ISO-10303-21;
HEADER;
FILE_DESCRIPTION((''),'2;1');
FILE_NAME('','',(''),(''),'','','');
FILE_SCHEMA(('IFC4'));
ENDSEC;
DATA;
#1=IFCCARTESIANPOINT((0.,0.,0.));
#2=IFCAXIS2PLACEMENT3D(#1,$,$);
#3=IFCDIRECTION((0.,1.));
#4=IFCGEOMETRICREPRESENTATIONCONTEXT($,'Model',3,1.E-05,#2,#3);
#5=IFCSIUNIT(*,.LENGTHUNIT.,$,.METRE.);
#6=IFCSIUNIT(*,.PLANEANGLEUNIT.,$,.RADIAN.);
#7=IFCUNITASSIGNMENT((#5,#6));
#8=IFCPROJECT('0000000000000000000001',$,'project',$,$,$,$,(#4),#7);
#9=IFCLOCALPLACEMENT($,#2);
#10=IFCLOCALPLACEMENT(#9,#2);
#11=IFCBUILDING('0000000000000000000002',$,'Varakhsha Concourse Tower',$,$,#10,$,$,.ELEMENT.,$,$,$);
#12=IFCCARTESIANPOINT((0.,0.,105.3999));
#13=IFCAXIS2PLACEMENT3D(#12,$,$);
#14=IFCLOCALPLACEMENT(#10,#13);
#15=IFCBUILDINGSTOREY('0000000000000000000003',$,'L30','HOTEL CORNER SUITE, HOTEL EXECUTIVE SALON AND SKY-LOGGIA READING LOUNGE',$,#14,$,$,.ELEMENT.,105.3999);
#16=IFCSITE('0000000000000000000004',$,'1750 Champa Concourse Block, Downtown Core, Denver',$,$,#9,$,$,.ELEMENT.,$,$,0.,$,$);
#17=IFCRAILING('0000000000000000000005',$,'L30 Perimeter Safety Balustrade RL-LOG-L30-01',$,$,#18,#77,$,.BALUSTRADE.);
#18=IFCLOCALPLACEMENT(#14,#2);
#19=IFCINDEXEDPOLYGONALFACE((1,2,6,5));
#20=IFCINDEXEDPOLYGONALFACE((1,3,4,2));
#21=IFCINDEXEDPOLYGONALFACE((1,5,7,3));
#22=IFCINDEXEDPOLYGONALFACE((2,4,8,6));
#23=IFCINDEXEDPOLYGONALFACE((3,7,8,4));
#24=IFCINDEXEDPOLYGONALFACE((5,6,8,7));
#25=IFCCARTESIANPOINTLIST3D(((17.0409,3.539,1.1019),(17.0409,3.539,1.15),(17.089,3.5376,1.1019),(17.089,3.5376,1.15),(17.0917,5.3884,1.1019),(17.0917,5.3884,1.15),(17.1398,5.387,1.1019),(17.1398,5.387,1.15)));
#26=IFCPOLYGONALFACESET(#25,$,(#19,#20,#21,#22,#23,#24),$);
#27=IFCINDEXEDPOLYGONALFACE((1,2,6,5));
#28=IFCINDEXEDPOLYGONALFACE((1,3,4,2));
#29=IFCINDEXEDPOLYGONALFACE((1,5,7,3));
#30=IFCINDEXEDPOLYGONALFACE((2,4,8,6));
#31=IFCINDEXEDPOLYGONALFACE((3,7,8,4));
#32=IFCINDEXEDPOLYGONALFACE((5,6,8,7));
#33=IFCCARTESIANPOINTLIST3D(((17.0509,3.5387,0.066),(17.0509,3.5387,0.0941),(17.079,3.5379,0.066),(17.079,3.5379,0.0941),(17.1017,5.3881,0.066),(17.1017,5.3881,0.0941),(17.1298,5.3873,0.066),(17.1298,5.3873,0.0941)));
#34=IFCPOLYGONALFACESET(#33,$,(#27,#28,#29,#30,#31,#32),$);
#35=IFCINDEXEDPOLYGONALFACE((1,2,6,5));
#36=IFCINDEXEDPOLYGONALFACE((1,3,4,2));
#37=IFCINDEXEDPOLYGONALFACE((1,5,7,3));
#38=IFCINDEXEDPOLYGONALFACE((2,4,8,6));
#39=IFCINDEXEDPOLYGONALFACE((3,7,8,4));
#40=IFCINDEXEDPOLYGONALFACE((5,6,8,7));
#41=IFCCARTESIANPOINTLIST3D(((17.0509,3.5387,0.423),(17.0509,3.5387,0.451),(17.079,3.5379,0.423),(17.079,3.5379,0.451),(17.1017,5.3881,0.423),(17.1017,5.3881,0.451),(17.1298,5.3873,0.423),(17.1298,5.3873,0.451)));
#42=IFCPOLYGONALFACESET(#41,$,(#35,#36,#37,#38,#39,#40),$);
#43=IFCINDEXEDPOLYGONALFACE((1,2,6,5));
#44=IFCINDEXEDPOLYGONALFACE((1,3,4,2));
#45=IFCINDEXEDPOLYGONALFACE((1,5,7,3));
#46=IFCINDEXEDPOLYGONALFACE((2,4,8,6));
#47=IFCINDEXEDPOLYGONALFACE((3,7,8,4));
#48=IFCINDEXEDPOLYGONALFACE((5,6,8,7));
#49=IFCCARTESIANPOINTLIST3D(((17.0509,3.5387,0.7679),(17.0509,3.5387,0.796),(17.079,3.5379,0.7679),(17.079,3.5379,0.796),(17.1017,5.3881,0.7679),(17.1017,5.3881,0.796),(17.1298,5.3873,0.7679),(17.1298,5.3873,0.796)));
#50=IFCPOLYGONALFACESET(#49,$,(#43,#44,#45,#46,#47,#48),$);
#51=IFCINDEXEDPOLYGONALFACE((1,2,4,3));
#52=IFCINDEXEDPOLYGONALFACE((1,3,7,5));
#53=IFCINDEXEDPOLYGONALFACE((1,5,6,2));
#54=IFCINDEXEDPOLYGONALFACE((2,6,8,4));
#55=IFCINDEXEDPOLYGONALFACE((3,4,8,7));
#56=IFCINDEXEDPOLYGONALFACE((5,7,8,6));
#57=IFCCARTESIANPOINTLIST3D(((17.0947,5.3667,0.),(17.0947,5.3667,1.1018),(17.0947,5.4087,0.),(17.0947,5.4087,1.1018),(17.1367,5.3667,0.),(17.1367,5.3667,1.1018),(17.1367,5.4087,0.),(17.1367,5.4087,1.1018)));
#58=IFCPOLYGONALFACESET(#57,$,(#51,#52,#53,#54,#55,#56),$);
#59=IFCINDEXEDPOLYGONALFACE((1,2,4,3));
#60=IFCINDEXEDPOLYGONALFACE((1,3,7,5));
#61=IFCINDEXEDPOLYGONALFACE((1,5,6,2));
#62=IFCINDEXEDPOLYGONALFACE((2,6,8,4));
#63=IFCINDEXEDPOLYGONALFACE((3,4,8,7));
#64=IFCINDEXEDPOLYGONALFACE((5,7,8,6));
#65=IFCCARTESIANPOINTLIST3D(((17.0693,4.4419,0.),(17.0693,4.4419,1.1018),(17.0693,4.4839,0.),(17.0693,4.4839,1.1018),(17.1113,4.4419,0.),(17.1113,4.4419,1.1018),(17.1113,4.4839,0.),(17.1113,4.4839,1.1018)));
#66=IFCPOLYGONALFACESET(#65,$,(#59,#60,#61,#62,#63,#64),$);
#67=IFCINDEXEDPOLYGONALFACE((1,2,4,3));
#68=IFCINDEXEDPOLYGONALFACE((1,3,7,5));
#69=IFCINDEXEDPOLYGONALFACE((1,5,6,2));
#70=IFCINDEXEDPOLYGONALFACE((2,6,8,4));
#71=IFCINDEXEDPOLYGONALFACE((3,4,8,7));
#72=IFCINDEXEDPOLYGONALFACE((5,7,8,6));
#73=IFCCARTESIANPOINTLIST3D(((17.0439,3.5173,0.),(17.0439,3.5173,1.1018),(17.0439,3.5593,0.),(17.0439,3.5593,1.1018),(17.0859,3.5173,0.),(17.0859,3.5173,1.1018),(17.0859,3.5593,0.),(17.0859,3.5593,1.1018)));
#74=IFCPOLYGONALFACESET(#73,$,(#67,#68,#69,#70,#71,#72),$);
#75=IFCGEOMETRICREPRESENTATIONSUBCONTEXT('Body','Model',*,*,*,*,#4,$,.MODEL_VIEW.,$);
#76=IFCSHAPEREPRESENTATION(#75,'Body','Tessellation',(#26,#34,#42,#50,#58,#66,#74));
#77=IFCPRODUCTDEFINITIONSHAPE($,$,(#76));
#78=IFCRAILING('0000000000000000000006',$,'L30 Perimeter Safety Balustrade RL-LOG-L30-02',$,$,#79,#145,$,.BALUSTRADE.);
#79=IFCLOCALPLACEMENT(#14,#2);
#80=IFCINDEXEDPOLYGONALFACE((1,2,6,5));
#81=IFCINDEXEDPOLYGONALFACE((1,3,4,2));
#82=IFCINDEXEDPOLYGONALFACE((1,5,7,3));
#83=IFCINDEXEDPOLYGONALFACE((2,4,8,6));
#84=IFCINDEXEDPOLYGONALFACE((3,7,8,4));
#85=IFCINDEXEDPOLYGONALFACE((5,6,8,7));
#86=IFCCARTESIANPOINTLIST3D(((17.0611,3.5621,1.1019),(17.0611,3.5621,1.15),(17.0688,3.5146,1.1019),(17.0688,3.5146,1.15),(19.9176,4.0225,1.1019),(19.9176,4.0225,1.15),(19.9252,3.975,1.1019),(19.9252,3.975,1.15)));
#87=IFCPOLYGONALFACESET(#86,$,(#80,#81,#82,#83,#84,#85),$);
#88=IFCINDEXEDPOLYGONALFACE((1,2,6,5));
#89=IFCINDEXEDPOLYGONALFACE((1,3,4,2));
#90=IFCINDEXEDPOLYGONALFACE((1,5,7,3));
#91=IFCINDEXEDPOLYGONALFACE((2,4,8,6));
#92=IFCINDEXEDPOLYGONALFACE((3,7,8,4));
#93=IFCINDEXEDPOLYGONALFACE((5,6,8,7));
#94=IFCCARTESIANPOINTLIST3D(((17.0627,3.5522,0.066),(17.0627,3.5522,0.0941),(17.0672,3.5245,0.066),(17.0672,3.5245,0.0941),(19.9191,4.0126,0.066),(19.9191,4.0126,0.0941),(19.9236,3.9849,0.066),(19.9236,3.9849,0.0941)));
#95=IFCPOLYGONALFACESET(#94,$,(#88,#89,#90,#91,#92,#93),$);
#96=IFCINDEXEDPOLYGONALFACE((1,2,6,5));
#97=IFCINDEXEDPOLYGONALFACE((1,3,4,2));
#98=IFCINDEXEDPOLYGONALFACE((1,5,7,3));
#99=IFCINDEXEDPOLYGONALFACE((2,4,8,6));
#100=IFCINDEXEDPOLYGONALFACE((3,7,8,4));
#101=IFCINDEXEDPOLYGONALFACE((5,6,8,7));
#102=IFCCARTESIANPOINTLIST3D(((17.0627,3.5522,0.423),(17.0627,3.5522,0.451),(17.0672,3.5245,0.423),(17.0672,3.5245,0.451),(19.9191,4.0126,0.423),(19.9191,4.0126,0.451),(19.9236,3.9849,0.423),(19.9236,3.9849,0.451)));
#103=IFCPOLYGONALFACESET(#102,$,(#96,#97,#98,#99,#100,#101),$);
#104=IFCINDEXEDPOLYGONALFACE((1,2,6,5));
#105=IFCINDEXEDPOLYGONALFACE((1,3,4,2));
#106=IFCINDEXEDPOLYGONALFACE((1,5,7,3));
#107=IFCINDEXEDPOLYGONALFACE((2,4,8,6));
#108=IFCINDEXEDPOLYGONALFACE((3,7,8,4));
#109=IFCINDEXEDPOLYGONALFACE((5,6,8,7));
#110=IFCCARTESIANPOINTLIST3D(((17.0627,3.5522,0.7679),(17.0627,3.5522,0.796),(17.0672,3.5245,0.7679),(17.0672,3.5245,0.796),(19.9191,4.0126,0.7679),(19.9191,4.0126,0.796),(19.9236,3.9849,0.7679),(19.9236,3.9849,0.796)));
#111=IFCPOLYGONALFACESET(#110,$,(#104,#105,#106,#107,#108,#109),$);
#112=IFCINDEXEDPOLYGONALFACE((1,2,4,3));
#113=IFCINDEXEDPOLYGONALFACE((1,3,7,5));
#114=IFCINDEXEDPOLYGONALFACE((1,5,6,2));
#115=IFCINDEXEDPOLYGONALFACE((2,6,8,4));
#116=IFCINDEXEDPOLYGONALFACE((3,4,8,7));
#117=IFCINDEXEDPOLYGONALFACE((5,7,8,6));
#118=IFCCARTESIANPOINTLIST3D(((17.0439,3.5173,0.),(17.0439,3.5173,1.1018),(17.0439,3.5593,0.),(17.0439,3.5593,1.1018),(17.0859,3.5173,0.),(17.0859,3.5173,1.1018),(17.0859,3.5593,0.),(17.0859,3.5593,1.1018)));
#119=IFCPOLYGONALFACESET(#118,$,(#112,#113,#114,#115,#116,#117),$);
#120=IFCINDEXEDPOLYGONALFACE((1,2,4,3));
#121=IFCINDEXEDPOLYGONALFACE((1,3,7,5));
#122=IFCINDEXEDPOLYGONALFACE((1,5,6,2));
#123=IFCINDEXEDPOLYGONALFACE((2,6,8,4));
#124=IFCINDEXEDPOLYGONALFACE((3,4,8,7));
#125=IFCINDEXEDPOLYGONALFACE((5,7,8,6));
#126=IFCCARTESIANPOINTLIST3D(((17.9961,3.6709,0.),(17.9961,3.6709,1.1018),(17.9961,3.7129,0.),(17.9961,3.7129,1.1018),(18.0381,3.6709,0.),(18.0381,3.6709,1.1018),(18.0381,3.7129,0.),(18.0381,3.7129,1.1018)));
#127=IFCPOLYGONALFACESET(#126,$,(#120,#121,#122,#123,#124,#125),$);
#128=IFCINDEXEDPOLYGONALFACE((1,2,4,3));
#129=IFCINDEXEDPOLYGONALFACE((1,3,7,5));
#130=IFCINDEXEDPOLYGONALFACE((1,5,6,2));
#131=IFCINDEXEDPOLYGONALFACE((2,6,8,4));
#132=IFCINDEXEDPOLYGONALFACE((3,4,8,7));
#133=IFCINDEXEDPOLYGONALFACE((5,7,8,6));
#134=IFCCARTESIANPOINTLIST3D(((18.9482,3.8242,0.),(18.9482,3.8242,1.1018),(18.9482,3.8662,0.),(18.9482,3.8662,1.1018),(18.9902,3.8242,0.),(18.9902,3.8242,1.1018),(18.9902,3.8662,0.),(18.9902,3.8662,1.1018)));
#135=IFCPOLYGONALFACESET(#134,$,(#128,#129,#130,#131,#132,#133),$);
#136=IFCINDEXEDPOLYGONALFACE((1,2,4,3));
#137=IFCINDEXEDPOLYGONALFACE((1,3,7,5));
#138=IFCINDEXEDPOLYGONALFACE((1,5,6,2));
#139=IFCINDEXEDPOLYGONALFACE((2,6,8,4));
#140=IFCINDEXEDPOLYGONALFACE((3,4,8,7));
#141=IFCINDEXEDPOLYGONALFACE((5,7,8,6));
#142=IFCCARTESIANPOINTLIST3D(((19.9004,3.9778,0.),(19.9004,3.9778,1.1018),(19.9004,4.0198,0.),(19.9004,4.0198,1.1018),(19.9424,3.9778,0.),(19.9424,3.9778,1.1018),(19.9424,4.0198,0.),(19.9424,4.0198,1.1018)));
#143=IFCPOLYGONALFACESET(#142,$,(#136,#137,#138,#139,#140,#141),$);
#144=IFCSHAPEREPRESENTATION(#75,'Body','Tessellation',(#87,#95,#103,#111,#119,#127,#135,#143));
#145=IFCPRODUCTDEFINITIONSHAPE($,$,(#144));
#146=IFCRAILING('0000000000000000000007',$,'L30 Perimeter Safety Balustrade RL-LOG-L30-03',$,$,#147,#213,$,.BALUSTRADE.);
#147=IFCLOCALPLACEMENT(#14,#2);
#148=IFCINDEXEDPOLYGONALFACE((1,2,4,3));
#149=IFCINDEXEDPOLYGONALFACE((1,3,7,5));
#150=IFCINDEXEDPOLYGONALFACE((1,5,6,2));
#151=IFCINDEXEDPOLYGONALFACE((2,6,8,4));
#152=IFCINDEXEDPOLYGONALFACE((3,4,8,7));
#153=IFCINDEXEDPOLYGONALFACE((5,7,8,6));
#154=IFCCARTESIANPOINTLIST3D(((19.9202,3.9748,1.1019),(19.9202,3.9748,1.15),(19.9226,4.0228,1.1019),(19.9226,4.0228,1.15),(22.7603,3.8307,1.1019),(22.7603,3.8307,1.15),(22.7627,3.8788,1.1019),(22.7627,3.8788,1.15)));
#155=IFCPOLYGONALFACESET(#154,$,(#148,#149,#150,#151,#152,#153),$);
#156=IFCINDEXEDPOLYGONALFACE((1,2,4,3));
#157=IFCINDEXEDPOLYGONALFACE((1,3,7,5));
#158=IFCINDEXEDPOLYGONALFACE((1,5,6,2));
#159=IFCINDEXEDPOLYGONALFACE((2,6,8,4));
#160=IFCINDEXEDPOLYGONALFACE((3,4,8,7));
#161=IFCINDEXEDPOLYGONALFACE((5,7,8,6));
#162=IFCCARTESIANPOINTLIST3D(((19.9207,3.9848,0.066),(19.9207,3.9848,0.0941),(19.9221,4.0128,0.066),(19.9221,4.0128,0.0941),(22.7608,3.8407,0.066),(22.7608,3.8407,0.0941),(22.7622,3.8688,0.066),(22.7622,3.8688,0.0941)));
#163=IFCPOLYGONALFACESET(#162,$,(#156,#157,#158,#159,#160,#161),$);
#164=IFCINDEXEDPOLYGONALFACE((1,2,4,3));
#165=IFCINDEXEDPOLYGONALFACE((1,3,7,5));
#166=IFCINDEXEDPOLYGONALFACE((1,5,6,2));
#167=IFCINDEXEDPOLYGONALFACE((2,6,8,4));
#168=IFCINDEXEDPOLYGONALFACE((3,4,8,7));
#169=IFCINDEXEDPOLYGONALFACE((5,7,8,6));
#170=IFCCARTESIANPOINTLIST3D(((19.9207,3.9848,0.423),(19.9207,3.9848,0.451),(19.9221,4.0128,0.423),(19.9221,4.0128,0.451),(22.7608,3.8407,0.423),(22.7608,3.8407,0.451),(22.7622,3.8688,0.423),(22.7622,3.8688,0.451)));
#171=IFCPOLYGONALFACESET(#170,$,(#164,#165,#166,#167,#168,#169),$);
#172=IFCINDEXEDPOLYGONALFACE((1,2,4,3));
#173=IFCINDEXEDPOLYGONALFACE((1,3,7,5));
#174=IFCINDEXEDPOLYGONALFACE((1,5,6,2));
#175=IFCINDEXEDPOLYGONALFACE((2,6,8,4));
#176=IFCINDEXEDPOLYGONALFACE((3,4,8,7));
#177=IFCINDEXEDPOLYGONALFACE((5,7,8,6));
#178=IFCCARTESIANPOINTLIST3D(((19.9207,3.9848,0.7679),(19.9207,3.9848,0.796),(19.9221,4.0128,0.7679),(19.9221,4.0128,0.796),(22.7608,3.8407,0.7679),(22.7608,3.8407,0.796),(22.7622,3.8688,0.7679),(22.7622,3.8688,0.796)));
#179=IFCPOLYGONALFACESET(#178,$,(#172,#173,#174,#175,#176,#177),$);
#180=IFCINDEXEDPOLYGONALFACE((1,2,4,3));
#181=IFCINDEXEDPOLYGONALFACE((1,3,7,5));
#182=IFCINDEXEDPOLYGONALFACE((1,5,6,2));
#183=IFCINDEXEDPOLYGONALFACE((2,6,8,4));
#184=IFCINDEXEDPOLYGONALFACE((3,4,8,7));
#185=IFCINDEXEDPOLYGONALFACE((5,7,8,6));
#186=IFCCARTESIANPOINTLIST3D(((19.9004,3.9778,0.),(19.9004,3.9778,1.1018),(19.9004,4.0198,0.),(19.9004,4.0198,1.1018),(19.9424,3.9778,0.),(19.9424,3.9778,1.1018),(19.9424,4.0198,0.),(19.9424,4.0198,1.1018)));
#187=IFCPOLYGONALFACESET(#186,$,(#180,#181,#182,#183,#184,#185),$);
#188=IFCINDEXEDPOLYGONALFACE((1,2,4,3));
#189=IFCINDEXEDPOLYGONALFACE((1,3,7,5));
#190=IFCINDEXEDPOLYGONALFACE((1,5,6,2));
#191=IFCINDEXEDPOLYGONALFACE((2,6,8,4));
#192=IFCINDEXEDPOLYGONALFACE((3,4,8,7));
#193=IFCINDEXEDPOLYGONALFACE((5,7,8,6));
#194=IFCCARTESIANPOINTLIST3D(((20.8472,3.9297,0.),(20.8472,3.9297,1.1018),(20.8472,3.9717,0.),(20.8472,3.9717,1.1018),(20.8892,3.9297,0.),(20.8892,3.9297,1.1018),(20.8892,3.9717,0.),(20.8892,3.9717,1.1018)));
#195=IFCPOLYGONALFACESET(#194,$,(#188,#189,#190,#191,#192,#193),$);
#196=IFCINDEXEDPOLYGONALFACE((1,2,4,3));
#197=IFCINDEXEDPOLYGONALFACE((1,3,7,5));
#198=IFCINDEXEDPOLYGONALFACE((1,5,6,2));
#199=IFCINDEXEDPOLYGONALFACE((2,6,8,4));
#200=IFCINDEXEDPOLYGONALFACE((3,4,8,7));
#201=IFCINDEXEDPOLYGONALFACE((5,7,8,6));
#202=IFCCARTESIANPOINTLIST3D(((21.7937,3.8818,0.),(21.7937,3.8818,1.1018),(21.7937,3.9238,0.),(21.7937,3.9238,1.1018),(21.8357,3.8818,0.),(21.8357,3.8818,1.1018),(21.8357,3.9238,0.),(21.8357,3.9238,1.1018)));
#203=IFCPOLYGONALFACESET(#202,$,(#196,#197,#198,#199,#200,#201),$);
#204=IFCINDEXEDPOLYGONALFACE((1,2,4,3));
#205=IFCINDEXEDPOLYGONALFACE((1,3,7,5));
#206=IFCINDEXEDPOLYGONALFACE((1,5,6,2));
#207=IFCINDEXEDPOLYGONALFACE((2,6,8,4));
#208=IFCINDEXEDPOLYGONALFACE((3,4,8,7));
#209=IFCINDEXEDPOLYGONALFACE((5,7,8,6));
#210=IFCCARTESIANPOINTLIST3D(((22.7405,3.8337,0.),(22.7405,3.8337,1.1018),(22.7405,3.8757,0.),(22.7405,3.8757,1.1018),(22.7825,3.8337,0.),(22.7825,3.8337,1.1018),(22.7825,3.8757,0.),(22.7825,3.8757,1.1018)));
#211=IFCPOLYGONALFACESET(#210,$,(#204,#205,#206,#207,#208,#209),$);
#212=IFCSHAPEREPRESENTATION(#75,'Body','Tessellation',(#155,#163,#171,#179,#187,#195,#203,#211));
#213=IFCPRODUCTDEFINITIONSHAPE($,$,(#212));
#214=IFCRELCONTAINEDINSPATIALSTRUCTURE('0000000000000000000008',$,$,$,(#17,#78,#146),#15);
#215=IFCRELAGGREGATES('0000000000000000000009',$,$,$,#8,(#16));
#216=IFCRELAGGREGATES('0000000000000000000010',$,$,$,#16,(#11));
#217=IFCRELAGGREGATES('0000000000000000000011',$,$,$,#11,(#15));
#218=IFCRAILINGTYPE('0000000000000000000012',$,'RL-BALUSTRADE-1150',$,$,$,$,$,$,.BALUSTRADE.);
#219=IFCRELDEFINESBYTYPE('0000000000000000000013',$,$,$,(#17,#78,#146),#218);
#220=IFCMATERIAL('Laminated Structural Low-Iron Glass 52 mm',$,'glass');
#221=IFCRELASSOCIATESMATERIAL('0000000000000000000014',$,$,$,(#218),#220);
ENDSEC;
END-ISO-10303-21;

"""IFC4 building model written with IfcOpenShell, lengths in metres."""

from ifc_helpers import new_model, si_unit, direction, frame, origin, origin_2d, place, context, subcontext, project, spatial, rectangle, extrude, material, type_object, element, save


model = new_model("IFC4")

# Units and contexts
model_context = context("Model", 3, precision=1e-05, world=origin(), true_north=direction((0.0, 1.0)))
body_context = subcontext(model_context, "Body", "Model", "MODEL_VIEW")
ifc_project = project(units=[si_unit("LENGTHUNIT", "METRE"), si_unit("PLANEANGLEUNIT", "RADIAN")], contexts=[model_context])

# Site, building, storey
site_placement = place(None, origin())
site = spatial("IfcSite", under=ifc_project, at=site_placement, Name="1750 Champa Concourse Block, Downtown Core, Denver", CompositionType="ELEMENT", RefElevation=0.0)
building_placement = place(site_placement, origin())
building = spatial("IfcBuilding", under=site, at=building_placement, Name="Varakhsha Concourse Tower", CompositionType="ELEMENT")
storey_placement = place(building_placement, frame((0.0, 0.0, 105.3999)))
storey = spatial("IfcBuildingStorey", under=building, at=storey_placement, Name="L30", Description="HOTEL CORNER SUITE, HOTEL EXECUTIVE SALON AND SKY-LOGGIA READING LOUNGE", CompositionType="ELEMENT", Elevation=105.3999)

# Railings
ifc_material_1 = material(Name="Laminated Structural Low-Iron Glass 52 mm", Category="glass")
railing_type = type_object("IfcRailingType", Name="RL-BALUSTRADE-1150", PredefinedType="BALUSTRADE", material=ifc_material_1)
railing_1_placement = place(storey_placement, frame((17.1157, 5.3877, 0.0)))
element("IfcRailing", 1, at=railing_1_placement, inside=storey, type_object=railing_type, Name="L30 Perimeter Safety Balustrade RL-LOG-L30-01", PredefinedType="BALUSTRADE", context=body_context, shape_type="SweptSolid", body=[
    extrude(rectangle(XDim=0.0481, YDim=0.0481, at=origin_2d()), frame((0.0, 0.0, 1.126), z_axis=(-0.027448, -0.999623, 0.0), x_axis=(0.999623, -0.027448, 0.0)), (0.0, 0.0, 1.0), 1.8501),
    extrude(rectangle(XDim=0.0281, YDim=0.0281, at=origin_2d()), frame((0.0, 0.0, 0.0801), z_axis=(-0.027448, -0.999623, 0.0), x_axis=(0.999623, -0.027448, 0.0)), (0.0, 0.0, 1.0), 1.8501),
    extrude(rectangle(XDim=0.0281, YDim=0.0281, at=origin_2d()), frame((0.0, 0.0, 0.437), z_axis=(-0.027448, -0.999623, 0.0), x_axis=(0.999623, -0.027448, 0.0)), (0.0, 0.0, 1.0), 1.8501),
    extrude(rectangle(XDim=0.0281, YDim=0.0281, at=origin_2d()), frame((0.0, 0.0, 0.782), z_axis=(-0.027448, -0.999623, 0.0), x_axis=(0.999623, -0.027448, 0.0)), (0.0, 0.0, 1.0), 1.8501),
    extrude(rectangle(XDim=0.042, YDim=0.042, at=origin_2d()), origin(), (0.0, 0.0, 1.0), 1.1018),
    extrude(rectangle(XDim=0.042, YDim=0.042, at=origin_2d()), frame((-0.0254, -0.9248, 0.0)), (0.0, 0.0, 1.0), 1.1018),
    extrude(rectangle(XDim=0.042, YDim=0.042, at=origin_2d()), frame((-0.0508, -1.8494, 0.0)), (0.0, 0.0, 1.0), 1.1018),
])
railing_2_placement = place(storey_placement, frame((17.0649, 3.5383, 0.0)))
element("IfcRailing", 2, at=railing_2_placement, inside=storey, type_object=railing_type, Name="L30 Perimeter Safety Balustrade RL-LOG-L30-02", PredefinedType="BALUSTRADE", context=body_context, shape_type="SweptSolid", body=[
    extrude(rectangle(XDim=0.0481, YDim=0.0481, at=origin_2d()), frame((0.0, 0.0, 1.126), z_axis=(0.987256, 0.159142, 0.0), x_axis=(-0.159142, 0.987256, 0.0)), (0.0, 0.0, 1.0), 2.8933),
    extrude(rectangle(XDim=0.0281, YDim=0.0281, at=origin_2d()), frame((0.0, 0.0, 0.0801), z_axis=(0.987256, 0.159142, 0.0), x_axis=(-0.159142, 0.987256, 0.0)), (0.0, 0.0, 1.0), 2.8933),
    extrude(rectangle(XDim=0.0281, YDim=0.0281, at=origin_2d()), frame((0.0, 0.0, 0.437), z_axis=(0.987256, 0.159142, 0.0), x_axis=(-0.159142, 0.987256, 0.0)), (0.0, 0.0, 1.0), 2.8933),
    extrude(rectangle(XDim=0.0281, YDim=0.0281, at=origin_2d()), frame((0.0, 0.0, 0.782), z_axis=(0.987256, 0.159142, 0.0), x_axis=(-0.159142, 0.987256, 0.0)), (0.0, 0.0, 1.0), 2.8933),
    extrude(rectangle(XDim=0.042, YDim=0.042, at=origin_2d()), origin(), (0.0, 0.0, 1.0), 1.1018),
    extrude(rectangle(XDim=0.042, YDim=0.042, at=origin_2d()), frame((0.9521, 0.1536, 0.0)), (0.0, 0.0, 1.0), 1.1018),
    extrude(rectangle(XDim=0.042, YDim=0.042, at=origin_2d()), frame((1.9043, 0.3069, 0.0)), (0.0, 0.0, 1.0), 1.1018),
    extrude(rectangle(XDim=0.042, YDim=0.042, at=origin_2d()), frame((2.8564, 0.4604, 0.0)), (0.0, 0.0, 1.0), 1.1018),
])
railing_3_placement = place(storey_placement, frame((19.9214, 3.9988, 0.0)))
element("IfcRailing", 3, at=railing_3_placement, inside=storey, type_object=railing_type, Name="L30 Perimeter Safety Balustrade RL-LOG-L30-03", PredefinedType="BALUSTRADE", context=body_context, shape_type="SweptSolid", body=[
    extrude(rectangle(XDim=0.0481, YDim=0.0481, at=origin_2d()), frame((0.0, 0.0, 1.126), z_axis=(0.998716, -0.050653, 0.0), x_axis=(0.050653, 0.998716, 0.0)), (0.0, 0.0, 1.0), 2.8438),
    extrude(rectangle(XDim=0.0281, YDim=0.0281, at=origin_2d()), frame((0.0, 0.0, 0.0801), z_axis=(0.998716, -0.050653, 0.0), x_axis=(0.050653, 0.998716, 0.0)), (0.0, 0.0, 1.0), 2.8438),
    extrude(rectangle(XDim=0.0281, YDim=0.0281, at=origin_2d()), frame((0.0, 0.0, 0.437), z_axis=(0.998716, -0.050653, 0.0), x_axis=(0.050653, 0.998716, 0.0)), (0.0, 0.0, 1.0), 2.8438),
    extrude(rectangle(XDim=0.0281, YDim=0.0281, at=origin_2d()), frame((0.0, 0.0, 0.782), z_axis=(0.998716, -0.050653, 0.0), x_axis=(0.050653, 0.998716, 0.0)), (0.0, 0.0, 1.0), 2.8438),
    extrude(rectangle(XDim=0.042, YDim=0.042, at=origin_2d()), origin(), (0.0, 0.0, 1.0), 1.1018),
    extrude(rectangle(XDim=0.042, YDim=0.042, at=origin_2d()), frame((0.9468, -0.0481, 0.0)), (0.0, 0.0, 1.0), 1.1018),
    extrude(rectangle(XDim=0.042, YDim=0.042, at=origin_2d()), frame((1.8933, -0.0959, 0.0)), (0.0, 0.0, 1.0), 1.1018),
    extrude(rectangle(XDim=0.042, YDim=0.042, at=origin_2d()), frame((2.8401, -0.144, 0.0)), (0.0, 0.0, 1.0), 1.1018),
])

save(model, "model.ifc")
